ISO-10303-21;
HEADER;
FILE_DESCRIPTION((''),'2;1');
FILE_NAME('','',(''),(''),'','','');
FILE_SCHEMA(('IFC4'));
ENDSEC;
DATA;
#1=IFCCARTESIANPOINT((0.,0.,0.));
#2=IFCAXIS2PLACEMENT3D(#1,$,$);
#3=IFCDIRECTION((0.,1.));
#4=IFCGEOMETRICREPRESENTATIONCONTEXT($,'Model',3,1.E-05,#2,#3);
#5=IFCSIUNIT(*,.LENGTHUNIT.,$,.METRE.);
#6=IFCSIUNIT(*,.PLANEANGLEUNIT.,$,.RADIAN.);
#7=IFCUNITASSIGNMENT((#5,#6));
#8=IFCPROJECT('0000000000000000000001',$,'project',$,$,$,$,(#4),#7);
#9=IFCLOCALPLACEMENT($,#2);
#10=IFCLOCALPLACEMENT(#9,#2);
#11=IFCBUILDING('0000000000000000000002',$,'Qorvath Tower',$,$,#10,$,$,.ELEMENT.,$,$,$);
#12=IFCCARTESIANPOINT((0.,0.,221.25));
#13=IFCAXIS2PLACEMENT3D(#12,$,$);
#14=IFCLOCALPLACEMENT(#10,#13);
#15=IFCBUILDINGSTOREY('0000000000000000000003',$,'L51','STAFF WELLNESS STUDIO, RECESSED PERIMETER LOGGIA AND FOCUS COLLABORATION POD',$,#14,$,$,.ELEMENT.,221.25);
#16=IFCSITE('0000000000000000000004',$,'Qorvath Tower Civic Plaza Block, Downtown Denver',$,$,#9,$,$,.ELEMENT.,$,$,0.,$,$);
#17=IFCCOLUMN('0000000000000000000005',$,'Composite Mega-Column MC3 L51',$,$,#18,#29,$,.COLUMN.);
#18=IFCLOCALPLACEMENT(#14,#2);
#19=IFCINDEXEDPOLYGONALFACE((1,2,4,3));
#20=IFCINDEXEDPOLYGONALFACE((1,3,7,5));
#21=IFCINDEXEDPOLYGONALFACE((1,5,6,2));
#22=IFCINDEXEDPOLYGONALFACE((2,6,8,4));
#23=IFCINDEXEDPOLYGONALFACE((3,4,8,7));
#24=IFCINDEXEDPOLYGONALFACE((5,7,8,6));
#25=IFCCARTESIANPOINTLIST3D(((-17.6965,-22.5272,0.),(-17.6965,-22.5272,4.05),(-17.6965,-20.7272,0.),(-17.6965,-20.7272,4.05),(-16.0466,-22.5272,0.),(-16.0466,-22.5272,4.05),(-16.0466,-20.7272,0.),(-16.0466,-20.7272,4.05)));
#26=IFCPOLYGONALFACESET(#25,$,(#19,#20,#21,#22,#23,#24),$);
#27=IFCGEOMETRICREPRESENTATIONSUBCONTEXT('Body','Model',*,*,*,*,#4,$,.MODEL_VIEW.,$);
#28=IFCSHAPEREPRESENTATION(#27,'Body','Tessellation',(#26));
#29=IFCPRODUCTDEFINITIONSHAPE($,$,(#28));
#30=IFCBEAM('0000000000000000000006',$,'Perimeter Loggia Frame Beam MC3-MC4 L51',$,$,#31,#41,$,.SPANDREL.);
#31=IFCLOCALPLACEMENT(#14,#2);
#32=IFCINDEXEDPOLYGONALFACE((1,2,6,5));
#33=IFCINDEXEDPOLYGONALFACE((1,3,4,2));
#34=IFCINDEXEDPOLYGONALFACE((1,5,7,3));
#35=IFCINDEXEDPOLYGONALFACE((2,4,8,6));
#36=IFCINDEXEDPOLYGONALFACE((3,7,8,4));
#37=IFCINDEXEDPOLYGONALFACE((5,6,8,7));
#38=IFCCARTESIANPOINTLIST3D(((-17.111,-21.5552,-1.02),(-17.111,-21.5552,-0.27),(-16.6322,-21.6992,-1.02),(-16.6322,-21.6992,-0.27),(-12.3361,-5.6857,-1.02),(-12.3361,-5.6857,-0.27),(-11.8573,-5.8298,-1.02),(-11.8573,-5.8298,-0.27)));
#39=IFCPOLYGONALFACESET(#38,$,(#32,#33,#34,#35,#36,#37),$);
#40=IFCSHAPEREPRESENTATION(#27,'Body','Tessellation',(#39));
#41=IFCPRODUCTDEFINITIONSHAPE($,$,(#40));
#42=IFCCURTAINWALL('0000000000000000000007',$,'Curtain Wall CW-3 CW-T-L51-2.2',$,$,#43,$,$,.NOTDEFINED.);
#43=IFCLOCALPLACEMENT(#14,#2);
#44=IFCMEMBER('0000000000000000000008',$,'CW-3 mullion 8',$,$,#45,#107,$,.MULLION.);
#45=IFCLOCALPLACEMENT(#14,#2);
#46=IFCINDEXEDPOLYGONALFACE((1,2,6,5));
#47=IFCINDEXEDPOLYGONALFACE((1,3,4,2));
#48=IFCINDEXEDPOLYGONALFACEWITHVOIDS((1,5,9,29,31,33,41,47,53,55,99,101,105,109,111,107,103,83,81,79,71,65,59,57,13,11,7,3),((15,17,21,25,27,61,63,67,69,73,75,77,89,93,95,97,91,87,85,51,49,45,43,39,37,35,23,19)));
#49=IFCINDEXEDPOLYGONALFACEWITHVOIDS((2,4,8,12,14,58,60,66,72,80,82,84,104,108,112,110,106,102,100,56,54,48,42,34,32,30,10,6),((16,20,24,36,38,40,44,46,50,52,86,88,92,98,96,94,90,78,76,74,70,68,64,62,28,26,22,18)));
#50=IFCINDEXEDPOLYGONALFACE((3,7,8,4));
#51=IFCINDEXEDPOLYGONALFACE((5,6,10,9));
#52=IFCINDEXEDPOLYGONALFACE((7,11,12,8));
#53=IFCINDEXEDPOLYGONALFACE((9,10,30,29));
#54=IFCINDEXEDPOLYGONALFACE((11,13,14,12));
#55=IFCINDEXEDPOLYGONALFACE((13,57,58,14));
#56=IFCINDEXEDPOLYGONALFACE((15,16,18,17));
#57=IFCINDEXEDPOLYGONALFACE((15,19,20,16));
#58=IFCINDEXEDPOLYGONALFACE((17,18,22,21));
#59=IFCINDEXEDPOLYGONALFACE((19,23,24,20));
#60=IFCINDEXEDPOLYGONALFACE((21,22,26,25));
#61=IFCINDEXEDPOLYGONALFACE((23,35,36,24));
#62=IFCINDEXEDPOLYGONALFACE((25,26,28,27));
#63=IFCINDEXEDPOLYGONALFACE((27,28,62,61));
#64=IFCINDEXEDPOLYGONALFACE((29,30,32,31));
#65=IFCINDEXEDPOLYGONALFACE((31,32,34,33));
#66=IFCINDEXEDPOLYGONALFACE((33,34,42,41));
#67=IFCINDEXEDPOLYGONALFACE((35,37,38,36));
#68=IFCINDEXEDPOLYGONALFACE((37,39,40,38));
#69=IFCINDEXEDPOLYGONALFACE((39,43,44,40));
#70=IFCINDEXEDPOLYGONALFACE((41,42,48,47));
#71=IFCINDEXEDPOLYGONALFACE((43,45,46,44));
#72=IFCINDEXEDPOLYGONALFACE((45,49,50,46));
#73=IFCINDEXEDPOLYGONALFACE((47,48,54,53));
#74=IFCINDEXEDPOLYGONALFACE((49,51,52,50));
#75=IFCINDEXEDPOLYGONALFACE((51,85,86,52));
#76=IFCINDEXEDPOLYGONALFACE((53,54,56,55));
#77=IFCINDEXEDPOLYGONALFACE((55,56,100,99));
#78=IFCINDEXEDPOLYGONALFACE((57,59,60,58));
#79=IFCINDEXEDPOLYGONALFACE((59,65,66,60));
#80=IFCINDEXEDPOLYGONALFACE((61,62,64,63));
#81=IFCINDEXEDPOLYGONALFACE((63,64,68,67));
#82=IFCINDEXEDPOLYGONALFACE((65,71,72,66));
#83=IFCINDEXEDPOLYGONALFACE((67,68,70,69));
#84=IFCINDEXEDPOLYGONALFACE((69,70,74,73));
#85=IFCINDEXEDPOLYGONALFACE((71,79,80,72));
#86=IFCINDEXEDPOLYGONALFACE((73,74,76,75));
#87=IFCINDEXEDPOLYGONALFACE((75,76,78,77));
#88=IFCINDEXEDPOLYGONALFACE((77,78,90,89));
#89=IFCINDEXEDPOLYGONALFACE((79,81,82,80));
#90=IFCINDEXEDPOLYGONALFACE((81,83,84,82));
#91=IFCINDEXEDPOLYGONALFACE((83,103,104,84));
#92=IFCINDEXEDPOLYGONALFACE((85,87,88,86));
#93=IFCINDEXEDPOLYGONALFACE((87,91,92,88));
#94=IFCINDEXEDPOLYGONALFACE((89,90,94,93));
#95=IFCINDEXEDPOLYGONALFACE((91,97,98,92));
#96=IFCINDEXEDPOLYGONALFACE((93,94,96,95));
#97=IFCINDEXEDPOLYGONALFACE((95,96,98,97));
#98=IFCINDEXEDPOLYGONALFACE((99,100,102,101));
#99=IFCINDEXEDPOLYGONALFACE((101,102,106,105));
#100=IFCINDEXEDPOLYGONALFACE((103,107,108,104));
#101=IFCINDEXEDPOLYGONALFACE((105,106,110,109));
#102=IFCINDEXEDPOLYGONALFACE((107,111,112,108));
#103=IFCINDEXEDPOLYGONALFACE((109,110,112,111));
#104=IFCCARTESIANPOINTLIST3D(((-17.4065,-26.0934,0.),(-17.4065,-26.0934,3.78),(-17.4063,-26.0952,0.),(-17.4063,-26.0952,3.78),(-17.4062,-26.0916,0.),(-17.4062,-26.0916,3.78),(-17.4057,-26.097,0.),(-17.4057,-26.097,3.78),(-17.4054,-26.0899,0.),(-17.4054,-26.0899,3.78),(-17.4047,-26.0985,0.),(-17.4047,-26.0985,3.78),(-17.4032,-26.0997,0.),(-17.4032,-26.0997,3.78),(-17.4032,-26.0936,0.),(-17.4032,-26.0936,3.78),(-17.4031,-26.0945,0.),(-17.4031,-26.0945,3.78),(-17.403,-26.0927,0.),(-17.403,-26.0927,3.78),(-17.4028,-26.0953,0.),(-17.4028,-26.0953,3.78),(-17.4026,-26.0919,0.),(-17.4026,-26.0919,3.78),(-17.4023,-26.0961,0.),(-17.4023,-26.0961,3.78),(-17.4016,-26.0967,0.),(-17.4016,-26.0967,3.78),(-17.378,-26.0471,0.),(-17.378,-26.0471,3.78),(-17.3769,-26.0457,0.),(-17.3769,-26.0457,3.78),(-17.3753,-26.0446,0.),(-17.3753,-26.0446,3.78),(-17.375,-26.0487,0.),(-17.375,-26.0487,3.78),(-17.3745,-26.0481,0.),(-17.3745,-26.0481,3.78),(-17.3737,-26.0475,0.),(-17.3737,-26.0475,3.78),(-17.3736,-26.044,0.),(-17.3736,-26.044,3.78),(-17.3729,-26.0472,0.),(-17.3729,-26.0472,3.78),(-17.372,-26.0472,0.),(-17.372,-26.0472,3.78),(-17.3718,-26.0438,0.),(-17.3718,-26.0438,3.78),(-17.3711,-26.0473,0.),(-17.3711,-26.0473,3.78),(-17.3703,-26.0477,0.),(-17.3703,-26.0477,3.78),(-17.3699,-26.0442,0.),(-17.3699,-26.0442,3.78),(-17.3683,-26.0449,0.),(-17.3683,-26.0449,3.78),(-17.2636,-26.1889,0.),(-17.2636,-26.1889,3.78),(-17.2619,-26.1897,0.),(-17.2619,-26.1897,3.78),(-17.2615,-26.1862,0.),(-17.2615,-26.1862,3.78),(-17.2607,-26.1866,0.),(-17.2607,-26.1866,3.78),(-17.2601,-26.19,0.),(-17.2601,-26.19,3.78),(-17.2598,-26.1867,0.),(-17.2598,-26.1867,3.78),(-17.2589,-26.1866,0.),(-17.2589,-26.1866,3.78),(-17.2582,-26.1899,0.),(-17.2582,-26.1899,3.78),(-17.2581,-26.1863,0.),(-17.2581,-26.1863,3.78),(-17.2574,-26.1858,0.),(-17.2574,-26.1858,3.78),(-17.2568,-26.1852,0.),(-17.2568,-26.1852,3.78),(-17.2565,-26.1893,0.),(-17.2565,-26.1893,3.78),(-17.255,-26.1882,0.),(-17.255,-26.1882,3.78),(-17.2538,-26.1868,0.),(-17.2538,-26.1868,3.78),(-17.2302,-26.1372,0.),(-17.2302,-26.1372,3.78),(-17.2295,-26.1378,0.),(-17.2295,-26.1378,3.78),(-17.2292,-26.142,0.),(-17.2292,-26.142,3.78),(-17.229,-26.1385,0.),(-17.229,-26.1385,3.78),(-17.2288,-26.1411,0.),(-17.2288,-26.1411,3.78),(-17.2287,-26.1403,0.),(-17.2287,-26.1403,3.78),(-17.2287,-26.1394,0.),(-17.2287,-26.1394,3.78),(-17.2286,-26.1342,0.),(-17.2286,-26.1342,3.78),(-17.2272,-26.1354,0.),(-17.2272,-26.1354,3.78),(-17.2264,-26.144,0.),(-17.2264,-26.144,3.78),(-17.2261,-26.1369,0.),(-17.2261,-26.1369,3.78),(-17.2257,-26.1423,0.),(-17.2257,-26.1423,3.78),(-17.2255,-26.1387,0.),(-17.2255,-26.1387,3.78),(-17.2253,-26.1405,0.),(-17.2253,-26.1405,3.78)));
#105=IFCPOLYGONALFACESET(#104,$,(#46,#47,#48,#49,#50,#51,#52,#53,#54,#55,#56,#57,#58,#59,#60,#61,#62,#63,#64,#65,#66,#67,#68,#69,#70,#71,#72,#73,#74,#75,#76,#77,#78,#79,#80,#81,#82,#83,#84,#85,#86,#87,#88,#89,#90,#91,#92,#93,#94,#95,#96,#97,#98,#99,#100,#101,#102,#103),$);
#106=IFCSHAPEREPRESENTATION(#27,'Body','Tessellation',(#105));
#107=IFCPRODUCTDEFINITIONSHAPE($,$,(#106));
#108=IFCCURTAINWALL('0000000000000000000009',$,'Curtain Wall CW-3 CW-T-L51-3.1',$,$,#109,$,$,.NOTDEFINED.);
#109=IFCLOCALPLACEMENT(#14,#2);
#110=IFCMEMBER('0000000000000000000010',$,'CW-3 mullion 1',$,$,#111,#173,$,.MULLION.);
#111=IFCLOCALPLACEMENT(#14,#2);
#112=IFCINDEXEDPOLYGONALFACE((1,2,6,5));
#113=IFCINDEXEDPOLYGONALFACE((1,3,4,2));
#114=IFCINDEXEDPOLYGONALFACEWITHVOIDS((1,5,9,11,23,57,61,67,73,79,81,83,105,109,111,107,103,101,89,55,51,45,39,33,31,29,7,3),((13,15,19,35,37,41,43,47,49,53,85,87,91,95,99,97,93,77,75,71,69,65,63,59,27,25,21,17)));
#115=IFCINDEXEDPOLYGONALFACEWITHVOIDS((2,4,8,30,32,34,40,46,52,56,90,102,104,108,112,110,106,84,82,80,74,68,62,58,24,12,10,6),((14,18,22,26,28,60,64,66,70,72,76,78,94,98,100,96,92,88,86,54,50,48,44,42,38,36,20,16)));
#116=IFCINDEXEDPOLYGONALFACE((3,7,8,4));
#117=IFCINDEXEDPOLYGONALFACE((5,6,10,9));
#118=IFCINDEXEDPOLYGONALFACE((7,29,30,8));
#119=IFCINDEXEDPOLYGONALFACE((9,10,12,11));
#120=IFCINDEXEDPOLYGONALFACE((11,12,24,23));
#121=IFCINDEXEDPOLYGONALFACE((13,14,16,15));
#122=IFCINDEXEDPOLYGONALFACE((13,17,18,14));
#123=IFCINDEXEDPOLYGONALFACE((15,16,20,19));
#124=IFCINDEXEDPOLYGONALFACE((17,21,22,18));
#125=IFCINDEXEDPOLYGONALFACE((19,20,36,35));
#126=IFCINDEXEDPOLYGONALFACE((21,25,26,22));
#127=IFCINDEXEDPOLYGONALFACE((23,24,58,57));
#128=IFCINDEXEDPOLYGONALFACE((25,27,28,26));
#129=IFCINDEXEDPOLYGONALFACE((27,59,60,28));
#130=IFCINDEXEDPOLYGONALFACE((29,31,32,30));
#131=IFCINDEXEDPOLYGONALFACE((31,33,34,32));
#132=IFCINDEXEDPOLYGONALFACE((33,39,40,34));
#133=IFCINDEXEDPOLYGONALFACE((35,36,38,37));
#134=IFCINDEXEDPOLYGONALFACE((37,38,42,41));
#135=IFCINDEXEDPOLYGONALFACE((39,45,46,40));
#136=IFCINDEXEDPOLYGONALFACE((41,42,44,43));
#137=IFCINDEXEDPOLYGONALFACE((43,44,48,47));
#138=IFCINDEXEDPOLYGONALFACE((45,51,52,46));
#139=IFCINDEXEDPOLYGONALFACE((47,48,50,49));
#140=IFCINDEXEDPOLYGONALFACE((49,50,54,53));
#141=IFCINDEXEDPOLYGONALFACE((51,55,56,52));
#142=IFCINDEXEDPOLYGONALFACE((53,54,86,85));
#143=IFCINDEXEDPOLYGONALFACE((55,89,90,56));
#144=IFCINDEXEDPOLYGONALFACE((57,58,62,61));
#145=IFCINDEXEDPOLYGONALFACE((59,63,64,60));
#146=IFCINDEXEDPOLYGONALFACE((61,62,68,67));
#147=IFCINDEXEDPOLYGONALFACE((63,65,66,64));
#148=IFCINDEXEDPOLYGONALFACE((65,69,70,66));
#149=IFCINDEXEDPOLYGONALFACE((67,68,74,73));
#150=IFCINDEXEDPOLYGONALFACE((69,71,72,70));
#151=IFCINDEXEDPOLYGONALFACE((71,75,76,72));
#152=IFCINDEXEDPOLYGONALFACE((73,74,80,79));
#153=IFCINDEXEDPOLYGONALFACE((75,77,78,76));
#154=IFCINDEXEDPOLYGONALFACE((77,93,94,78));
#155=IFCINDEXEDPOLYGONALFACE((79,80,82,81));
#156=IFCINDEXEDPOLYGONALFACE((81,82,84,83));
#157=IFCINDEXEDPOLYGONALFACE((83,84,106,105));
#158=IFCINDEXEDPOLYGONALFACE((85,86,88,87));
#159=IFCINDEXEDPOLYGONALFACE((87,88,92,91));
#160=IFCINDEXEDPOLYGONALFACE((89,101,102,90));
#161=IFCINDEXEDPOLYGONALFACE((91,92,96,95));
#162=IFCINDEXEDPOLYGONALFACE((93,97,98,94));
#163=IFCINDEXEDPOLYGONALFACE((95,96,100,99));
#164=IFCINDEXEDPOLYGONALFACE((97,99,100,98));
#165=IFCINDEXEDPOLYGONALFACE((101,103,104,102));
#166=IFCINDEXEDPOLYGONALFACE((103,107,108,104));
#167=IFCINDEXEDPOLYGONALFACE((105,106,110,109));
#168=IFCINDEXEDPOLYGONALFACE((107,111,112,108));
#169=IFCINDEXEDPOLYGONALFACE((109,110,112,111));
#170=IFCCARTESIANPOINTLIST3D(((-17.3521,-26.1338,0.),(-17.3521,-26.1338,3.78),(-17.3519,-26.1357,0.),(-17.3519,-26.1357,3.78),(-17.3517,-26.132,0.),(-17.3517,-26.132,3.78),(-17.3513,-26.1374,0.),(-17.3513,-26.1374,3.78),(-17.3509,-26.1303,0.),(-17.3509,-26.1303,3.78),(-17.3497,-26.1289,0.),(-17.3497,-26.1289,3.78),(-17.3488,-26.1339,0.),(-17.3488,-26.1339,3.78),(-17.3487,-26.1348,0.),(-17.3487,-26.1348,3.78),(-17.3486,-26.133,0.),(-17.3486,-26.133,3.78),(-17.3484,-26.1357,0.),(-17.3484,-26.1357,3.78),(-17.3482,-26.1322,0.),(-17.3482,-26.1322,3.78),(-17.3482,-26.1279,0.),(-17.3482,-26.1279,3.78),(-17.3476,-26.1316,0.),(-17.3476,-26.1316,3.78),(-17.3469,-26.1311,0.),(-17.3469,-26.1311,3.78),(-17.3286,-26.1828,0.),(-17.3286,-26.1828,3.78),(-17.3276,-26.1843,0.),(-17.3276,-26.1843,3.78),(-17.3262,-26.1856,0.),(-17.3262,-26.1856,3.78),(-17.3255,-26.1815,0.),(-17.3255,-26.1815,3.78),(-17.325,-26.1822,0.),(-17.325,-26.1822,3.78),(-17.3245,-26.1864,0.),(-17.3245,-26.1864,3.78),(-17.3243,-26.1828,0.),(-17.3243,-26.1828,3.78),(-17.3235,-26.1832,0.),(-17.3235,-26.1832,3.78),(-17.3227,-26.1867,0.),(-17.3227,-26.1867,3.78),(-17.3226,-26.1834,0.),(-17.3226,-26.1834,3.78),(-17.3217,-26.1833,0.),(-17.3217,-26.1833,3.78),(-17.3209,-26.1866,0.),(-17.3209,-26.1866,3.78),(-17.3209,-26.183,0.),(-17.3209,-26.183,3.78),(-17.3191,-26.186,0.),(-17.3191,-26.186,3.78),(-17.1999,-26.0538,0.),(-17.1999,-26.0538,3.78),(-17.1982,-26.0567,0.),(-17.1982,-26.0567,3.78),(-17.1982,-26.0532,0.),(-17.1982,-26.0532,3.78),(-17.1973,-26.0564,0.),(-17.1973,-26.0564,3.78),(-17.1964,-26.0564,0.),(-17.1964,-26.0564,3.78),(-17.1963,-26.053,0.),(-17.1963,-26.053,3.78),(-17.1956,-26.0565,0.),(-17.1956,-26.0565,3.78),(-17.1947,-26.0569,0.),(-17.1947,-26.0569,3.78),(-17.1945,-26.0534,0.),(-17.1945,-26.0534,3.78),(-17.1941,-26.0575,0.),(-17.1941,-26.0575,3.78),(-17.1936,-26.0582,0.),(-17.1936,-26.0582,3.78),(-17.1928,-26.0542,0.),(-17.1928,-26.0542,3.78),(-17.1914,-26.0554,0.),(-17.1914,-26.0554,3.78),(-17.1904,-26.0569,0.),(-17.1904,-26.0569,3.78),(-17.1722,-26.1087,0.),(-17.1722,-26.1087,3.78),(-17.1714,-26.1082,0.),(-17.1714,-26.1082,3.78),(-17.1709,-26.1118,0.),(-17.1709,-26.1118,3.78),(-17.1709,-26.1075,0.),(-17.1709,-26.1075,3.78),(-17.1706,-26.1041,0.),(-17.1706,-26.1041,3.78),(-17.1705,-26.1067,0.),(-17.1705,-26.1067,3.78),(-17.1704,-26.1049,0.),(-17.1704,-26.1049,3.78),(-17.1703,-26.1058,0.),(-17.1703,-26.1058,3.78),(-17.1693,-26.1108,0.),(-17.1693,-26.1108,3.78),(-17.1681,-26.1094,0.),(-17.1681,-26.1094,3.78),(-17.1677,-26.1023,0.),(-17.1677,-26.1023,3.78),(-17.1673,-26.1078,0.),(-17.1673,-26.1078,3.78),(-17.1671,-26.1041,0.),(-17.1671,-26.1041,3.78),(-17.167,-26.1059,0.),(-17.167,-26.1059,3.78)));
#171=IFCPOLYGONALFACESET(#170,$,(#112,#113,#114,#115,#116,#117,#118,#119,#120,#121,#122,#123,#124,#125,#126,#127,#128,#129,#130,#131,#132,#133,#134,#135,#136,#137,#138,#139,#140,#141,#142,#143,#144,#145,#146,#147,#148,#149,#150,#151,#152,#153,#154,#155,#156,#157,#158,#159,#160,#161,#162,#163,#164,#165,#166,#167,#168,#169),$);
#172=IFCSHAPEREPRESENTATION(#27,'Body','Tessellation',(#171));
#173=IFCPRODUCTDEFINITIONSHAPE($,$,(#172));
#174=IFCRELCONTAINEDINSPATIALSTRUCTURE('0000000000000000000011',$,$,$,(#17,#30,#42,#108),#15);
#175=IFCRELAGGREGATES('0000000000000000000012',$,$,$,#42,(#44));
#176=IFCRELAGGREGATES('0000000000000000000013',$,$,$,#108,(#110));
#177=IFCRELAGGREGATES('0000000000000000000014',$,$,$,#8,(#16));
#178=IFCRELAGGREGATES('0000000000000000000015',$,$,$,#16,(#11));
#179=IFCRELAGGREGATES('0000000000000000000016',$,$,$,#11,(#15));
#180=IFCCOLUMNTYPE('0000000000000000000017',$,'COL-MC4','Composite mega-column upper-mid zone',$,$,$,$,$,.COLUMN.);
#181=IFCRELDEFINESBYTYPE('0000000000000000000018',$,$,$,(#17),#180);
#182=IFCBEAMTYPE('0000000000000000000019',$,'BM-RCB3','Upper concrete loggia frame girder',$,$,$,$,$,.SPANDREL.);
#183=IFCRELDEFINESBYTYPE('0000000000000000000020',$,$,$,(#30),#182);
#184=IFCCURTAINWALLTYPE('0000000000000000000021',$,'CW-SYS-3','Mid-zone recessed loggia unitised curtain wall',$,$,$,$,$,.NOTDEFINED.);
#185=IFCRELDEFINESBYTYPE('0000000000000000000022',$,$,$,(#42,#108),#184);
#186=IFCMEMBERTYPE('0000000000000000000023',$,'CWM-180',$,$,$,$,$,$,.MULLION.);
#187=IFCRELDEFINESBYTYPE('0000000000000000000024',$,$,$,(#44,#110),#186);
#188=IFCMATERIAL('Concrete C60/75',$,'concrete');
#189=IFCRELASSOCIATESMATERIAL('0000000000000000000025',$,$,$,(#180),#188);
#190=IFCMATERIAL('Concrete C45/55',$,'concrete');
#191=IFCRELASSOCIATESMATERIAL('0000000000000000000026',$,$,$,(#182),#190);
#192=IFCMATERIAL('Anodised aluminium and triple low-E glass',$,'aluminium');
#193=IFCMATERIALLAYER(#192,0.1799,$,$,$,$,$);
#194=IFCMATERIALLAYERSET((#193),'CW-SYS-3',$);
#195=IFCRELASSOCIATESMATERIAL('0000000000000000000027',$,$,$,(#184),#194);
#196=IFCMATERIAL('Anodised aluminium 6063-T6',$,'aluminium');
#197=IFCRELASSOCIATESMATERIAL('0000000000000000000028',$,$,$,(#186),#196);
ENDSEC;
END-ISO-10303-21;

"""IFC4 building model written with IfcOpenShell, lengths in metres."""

from ifc_helpers import new_model, si_unit, direction, frame, origin, origin_2d, place, context, subcontext, project, spatial, rectangle, hollow_rectangle, extrude, material, layer, layer_set, material_profile, profile_set, type_object, element, aggregate, save


model = new_model("IFC4")

# Units and contexts
model_context = context("Model", 3, precision=1e-05, world=origin(), true_north=direction((0.0, 1.0)))
body_context = subcontext(model_context, "Body", "Model", "MODEL_VIEW")
ifc_project = project(units=[si_unit("LENGTHUNIT", "METRE"), si_unit("PLANEANGLEUNIT", "RADIAN")], contexts=[model_context])

# Site, building, storey
site_placement = place(None, origin())
site = spatial("IfcSite", under=ifc_project, at=site_placement, Name="Qorvath Tower Civic Plaza Block, Downtown Denver", CompositionType="ELEMENT", RefElevation=0.0)
building_placement = place(site_placement, origin())
building = spatial("IfcBuilding", under=site, at=building_placement, Name="Qorvath Tower", CompositionType="ELEMENT")
storey_placement = place(building_placement, frame((0.0, 0.0, 221.25)))
storey = spatial("IfcBuildingStorey", under=building, at=storey_placement, Name="L51", Description="STAFF WELLNESS STUDIO, RECESSED PERIMETER LOGGIA AND FOCUS COLLABORATION POD", CompositionType="ELEMENT", Elevation=221.25)

# Column
ifc_material_1 = material(Name="Concrete C60/75", Category="concrete")
ifc_material_profile_1 = material_profile(ifc_material_1, rectangle(XDim=1.6499, YDim=1.8, at=origin_2d()), Name="MC 1800x1650")
ifc_profile_set_1 = profile_set([ifc_material_profile_1], Name="Concrete C60/75")
column_type = type_object("IfcColumnType", Name="COL-MC4", Description="Composite mega-column upper-mid zone", PredefinedType="COLUMN", material=ifc_profile_set_1)
column_placement = place(storey_placement, frame((-16.8716, -21.6272, 0.0), z_axis=(0.0, 0.0, 1.0), x_axis=(1.0, 0.0, 0.0)))
element("IfcColumn", 1, at=column_placement, inside=storey, type_object=column_type, Name="Composite Mega-Column MC3 L51", PredefinedType="COLUMN", context=body_context, shape_type="SweptSolid", body=[
    extrude(rectangle(XDim=1.6499, YDim=1.8, at=origin_2d()), origin(), (0.0, 0.0, 1.0), 4.05),
])

# Beam
ifc_material_2 = material(Name="Concrete C45/55", Category="concrete")
ifc_material_profile_2 = material_profile(ifc_material_2, rectangle(XDim=0.5, YDim=0.75, at=origin_2d()), Name="RCB 750x500")
ifc_profile_set_2 = profile_set([ifc_material_profile_2], Name="Concrete C45/55")
beam_type = type_object("IfcBeamType", Name="BM-RCB3", Description="Upper concrete loggia frame girder", PredefinedType="SPANDREL", material=ifc_profile_set_2)
beam_placement = place(storey_placement, frame((-16.8716, -21.6272, -0.645), z_axis=(0.288128, 0.957592, 0.0), x_axis=(-0.957592, 0.288128, 0.0)))
element("IfcBeam", 2, at=beam_placement, inside=storey, type_object=beam_type, Name="Perimeter Loggia Frame Beam MC3-MC4 L51", PredefinedType="SPANDREL", context=body_context, shape_type="SweptSolid", body=[
    extrude(rectangle(XDim=0.5, YDim=0.75, at=origin_2d()), origin(), (0.0, 0.0, 1.0), 16.5723),
])

# Curtain wall, member
ifc_material_3 = material(Name="Anodised aluminium and triple low-E glass", Category="aluminium")
ifc_layer_1 = layer(ifc_material_3, 0.1799)
ifc_layer_set_1 = layer_set([ifc_layer_1], Name="CW-SYS-3")
curtain_wall_type = type_object("IfcCurtainWallType", Name="CW-SYS-3", Description="Mid-zone recessed loggia unitised curtain wall", PredefinedType="NOTDEFINED", material=ifc_layer_set_1)
curtain_wall_1_placement = place(storey_placement, origin())
curtain_wall_1 = element("IfcCurtainWall", 3, at=curtain_wall_1_placement, inside=storey, type_object=curtain_wall_type, Name="Curtain Wall CW-3 CW-T-L51-2.2", PredefinedType="NOTDEFINED")
ifc_material_4 = material(Name="Anodised aluminium 6063-T6", Category="aluminium")
ifc_material_profile_3 = material_profile(ifc_material_4, hollow_rectangle(XDim=0.0649, YDim=0.1799, WallThickness=0.0034, InnerFilletRadius=0.0034, OuterFilletRadius=0.0071, at=origin_2d()), Name="CWM 180x65")
ifc_profile_set_3 = profile_set([ifc_material_profile_3], Name="Anodised aluminium 6063-T6")
member_type_1 = type_object("IfcMemberType", Name="CWM-180", PredefinedType="MULLION", material=ifc_profile_set_3)
member_1_placement = place(storey_placement, frame((-17.3159, -26.1169, 0.0), z_axis=(0.0, 0.0, 1.0), x_axis=(0.538535, 0.842603, 0.0)))
member_1 = element("IfcMember", 4, at=member_1_placement, type_object=member_type_1, Name="CW-3 mullion 8", PredefinedType="MULLION", context=body_context, shape_type="SweptSolid", body=[
    extrude(hollow_rectangle(XDim=0.0649, YDim=0.1799, WallThickness=0.0034, InnerFilletRadius=0.0034, OuterFilletRadius=0.0071, at=origin_2d()), origin(), (0.0, 0.0, 1.0), 3.78),
])

# Curtain wall, member
curtain_wall_2_placement = place(storey_placement, origin())
curtain_wall_2 = element("IfcCurtainWall", 5, at=curtain_wall_2_placement, inside=storey, type_object=curtain_wall_type, Name="Curtain Wall CW-3 CW-T-L51-3.1", PredefinedType="NOTDEFINED")
member_2_placement = place(storey_placement, frame((-17.2595, -26.1199, 0.0), z_axis=(0.0, 0.0, 1.0), x_axis=(-0.447223, 0.894422, 0.0)))
member_2 = element("IfcMember", 6, at=member_2_placement, type_object=member_type_1, Name="CW-3 mullion 1", PredefinedType="MULLION", context=body_context, shape_type="SweptSolid", body=[
    extrude(hollow_rectangle(XDim=0.0649, YDim=0.1799, WallThickness=0.0034, InnerFilletRadius=0.0034, OuterFilletRadius=0.0071, at=origin_2d()), origin(), (0.0, 0.0, 1.0), 3.78),
])

aggregate(curtain_wall_1, [member_1])
aggregate(curtain_wall_2, [member_2])

save(model, "model.ifc")
